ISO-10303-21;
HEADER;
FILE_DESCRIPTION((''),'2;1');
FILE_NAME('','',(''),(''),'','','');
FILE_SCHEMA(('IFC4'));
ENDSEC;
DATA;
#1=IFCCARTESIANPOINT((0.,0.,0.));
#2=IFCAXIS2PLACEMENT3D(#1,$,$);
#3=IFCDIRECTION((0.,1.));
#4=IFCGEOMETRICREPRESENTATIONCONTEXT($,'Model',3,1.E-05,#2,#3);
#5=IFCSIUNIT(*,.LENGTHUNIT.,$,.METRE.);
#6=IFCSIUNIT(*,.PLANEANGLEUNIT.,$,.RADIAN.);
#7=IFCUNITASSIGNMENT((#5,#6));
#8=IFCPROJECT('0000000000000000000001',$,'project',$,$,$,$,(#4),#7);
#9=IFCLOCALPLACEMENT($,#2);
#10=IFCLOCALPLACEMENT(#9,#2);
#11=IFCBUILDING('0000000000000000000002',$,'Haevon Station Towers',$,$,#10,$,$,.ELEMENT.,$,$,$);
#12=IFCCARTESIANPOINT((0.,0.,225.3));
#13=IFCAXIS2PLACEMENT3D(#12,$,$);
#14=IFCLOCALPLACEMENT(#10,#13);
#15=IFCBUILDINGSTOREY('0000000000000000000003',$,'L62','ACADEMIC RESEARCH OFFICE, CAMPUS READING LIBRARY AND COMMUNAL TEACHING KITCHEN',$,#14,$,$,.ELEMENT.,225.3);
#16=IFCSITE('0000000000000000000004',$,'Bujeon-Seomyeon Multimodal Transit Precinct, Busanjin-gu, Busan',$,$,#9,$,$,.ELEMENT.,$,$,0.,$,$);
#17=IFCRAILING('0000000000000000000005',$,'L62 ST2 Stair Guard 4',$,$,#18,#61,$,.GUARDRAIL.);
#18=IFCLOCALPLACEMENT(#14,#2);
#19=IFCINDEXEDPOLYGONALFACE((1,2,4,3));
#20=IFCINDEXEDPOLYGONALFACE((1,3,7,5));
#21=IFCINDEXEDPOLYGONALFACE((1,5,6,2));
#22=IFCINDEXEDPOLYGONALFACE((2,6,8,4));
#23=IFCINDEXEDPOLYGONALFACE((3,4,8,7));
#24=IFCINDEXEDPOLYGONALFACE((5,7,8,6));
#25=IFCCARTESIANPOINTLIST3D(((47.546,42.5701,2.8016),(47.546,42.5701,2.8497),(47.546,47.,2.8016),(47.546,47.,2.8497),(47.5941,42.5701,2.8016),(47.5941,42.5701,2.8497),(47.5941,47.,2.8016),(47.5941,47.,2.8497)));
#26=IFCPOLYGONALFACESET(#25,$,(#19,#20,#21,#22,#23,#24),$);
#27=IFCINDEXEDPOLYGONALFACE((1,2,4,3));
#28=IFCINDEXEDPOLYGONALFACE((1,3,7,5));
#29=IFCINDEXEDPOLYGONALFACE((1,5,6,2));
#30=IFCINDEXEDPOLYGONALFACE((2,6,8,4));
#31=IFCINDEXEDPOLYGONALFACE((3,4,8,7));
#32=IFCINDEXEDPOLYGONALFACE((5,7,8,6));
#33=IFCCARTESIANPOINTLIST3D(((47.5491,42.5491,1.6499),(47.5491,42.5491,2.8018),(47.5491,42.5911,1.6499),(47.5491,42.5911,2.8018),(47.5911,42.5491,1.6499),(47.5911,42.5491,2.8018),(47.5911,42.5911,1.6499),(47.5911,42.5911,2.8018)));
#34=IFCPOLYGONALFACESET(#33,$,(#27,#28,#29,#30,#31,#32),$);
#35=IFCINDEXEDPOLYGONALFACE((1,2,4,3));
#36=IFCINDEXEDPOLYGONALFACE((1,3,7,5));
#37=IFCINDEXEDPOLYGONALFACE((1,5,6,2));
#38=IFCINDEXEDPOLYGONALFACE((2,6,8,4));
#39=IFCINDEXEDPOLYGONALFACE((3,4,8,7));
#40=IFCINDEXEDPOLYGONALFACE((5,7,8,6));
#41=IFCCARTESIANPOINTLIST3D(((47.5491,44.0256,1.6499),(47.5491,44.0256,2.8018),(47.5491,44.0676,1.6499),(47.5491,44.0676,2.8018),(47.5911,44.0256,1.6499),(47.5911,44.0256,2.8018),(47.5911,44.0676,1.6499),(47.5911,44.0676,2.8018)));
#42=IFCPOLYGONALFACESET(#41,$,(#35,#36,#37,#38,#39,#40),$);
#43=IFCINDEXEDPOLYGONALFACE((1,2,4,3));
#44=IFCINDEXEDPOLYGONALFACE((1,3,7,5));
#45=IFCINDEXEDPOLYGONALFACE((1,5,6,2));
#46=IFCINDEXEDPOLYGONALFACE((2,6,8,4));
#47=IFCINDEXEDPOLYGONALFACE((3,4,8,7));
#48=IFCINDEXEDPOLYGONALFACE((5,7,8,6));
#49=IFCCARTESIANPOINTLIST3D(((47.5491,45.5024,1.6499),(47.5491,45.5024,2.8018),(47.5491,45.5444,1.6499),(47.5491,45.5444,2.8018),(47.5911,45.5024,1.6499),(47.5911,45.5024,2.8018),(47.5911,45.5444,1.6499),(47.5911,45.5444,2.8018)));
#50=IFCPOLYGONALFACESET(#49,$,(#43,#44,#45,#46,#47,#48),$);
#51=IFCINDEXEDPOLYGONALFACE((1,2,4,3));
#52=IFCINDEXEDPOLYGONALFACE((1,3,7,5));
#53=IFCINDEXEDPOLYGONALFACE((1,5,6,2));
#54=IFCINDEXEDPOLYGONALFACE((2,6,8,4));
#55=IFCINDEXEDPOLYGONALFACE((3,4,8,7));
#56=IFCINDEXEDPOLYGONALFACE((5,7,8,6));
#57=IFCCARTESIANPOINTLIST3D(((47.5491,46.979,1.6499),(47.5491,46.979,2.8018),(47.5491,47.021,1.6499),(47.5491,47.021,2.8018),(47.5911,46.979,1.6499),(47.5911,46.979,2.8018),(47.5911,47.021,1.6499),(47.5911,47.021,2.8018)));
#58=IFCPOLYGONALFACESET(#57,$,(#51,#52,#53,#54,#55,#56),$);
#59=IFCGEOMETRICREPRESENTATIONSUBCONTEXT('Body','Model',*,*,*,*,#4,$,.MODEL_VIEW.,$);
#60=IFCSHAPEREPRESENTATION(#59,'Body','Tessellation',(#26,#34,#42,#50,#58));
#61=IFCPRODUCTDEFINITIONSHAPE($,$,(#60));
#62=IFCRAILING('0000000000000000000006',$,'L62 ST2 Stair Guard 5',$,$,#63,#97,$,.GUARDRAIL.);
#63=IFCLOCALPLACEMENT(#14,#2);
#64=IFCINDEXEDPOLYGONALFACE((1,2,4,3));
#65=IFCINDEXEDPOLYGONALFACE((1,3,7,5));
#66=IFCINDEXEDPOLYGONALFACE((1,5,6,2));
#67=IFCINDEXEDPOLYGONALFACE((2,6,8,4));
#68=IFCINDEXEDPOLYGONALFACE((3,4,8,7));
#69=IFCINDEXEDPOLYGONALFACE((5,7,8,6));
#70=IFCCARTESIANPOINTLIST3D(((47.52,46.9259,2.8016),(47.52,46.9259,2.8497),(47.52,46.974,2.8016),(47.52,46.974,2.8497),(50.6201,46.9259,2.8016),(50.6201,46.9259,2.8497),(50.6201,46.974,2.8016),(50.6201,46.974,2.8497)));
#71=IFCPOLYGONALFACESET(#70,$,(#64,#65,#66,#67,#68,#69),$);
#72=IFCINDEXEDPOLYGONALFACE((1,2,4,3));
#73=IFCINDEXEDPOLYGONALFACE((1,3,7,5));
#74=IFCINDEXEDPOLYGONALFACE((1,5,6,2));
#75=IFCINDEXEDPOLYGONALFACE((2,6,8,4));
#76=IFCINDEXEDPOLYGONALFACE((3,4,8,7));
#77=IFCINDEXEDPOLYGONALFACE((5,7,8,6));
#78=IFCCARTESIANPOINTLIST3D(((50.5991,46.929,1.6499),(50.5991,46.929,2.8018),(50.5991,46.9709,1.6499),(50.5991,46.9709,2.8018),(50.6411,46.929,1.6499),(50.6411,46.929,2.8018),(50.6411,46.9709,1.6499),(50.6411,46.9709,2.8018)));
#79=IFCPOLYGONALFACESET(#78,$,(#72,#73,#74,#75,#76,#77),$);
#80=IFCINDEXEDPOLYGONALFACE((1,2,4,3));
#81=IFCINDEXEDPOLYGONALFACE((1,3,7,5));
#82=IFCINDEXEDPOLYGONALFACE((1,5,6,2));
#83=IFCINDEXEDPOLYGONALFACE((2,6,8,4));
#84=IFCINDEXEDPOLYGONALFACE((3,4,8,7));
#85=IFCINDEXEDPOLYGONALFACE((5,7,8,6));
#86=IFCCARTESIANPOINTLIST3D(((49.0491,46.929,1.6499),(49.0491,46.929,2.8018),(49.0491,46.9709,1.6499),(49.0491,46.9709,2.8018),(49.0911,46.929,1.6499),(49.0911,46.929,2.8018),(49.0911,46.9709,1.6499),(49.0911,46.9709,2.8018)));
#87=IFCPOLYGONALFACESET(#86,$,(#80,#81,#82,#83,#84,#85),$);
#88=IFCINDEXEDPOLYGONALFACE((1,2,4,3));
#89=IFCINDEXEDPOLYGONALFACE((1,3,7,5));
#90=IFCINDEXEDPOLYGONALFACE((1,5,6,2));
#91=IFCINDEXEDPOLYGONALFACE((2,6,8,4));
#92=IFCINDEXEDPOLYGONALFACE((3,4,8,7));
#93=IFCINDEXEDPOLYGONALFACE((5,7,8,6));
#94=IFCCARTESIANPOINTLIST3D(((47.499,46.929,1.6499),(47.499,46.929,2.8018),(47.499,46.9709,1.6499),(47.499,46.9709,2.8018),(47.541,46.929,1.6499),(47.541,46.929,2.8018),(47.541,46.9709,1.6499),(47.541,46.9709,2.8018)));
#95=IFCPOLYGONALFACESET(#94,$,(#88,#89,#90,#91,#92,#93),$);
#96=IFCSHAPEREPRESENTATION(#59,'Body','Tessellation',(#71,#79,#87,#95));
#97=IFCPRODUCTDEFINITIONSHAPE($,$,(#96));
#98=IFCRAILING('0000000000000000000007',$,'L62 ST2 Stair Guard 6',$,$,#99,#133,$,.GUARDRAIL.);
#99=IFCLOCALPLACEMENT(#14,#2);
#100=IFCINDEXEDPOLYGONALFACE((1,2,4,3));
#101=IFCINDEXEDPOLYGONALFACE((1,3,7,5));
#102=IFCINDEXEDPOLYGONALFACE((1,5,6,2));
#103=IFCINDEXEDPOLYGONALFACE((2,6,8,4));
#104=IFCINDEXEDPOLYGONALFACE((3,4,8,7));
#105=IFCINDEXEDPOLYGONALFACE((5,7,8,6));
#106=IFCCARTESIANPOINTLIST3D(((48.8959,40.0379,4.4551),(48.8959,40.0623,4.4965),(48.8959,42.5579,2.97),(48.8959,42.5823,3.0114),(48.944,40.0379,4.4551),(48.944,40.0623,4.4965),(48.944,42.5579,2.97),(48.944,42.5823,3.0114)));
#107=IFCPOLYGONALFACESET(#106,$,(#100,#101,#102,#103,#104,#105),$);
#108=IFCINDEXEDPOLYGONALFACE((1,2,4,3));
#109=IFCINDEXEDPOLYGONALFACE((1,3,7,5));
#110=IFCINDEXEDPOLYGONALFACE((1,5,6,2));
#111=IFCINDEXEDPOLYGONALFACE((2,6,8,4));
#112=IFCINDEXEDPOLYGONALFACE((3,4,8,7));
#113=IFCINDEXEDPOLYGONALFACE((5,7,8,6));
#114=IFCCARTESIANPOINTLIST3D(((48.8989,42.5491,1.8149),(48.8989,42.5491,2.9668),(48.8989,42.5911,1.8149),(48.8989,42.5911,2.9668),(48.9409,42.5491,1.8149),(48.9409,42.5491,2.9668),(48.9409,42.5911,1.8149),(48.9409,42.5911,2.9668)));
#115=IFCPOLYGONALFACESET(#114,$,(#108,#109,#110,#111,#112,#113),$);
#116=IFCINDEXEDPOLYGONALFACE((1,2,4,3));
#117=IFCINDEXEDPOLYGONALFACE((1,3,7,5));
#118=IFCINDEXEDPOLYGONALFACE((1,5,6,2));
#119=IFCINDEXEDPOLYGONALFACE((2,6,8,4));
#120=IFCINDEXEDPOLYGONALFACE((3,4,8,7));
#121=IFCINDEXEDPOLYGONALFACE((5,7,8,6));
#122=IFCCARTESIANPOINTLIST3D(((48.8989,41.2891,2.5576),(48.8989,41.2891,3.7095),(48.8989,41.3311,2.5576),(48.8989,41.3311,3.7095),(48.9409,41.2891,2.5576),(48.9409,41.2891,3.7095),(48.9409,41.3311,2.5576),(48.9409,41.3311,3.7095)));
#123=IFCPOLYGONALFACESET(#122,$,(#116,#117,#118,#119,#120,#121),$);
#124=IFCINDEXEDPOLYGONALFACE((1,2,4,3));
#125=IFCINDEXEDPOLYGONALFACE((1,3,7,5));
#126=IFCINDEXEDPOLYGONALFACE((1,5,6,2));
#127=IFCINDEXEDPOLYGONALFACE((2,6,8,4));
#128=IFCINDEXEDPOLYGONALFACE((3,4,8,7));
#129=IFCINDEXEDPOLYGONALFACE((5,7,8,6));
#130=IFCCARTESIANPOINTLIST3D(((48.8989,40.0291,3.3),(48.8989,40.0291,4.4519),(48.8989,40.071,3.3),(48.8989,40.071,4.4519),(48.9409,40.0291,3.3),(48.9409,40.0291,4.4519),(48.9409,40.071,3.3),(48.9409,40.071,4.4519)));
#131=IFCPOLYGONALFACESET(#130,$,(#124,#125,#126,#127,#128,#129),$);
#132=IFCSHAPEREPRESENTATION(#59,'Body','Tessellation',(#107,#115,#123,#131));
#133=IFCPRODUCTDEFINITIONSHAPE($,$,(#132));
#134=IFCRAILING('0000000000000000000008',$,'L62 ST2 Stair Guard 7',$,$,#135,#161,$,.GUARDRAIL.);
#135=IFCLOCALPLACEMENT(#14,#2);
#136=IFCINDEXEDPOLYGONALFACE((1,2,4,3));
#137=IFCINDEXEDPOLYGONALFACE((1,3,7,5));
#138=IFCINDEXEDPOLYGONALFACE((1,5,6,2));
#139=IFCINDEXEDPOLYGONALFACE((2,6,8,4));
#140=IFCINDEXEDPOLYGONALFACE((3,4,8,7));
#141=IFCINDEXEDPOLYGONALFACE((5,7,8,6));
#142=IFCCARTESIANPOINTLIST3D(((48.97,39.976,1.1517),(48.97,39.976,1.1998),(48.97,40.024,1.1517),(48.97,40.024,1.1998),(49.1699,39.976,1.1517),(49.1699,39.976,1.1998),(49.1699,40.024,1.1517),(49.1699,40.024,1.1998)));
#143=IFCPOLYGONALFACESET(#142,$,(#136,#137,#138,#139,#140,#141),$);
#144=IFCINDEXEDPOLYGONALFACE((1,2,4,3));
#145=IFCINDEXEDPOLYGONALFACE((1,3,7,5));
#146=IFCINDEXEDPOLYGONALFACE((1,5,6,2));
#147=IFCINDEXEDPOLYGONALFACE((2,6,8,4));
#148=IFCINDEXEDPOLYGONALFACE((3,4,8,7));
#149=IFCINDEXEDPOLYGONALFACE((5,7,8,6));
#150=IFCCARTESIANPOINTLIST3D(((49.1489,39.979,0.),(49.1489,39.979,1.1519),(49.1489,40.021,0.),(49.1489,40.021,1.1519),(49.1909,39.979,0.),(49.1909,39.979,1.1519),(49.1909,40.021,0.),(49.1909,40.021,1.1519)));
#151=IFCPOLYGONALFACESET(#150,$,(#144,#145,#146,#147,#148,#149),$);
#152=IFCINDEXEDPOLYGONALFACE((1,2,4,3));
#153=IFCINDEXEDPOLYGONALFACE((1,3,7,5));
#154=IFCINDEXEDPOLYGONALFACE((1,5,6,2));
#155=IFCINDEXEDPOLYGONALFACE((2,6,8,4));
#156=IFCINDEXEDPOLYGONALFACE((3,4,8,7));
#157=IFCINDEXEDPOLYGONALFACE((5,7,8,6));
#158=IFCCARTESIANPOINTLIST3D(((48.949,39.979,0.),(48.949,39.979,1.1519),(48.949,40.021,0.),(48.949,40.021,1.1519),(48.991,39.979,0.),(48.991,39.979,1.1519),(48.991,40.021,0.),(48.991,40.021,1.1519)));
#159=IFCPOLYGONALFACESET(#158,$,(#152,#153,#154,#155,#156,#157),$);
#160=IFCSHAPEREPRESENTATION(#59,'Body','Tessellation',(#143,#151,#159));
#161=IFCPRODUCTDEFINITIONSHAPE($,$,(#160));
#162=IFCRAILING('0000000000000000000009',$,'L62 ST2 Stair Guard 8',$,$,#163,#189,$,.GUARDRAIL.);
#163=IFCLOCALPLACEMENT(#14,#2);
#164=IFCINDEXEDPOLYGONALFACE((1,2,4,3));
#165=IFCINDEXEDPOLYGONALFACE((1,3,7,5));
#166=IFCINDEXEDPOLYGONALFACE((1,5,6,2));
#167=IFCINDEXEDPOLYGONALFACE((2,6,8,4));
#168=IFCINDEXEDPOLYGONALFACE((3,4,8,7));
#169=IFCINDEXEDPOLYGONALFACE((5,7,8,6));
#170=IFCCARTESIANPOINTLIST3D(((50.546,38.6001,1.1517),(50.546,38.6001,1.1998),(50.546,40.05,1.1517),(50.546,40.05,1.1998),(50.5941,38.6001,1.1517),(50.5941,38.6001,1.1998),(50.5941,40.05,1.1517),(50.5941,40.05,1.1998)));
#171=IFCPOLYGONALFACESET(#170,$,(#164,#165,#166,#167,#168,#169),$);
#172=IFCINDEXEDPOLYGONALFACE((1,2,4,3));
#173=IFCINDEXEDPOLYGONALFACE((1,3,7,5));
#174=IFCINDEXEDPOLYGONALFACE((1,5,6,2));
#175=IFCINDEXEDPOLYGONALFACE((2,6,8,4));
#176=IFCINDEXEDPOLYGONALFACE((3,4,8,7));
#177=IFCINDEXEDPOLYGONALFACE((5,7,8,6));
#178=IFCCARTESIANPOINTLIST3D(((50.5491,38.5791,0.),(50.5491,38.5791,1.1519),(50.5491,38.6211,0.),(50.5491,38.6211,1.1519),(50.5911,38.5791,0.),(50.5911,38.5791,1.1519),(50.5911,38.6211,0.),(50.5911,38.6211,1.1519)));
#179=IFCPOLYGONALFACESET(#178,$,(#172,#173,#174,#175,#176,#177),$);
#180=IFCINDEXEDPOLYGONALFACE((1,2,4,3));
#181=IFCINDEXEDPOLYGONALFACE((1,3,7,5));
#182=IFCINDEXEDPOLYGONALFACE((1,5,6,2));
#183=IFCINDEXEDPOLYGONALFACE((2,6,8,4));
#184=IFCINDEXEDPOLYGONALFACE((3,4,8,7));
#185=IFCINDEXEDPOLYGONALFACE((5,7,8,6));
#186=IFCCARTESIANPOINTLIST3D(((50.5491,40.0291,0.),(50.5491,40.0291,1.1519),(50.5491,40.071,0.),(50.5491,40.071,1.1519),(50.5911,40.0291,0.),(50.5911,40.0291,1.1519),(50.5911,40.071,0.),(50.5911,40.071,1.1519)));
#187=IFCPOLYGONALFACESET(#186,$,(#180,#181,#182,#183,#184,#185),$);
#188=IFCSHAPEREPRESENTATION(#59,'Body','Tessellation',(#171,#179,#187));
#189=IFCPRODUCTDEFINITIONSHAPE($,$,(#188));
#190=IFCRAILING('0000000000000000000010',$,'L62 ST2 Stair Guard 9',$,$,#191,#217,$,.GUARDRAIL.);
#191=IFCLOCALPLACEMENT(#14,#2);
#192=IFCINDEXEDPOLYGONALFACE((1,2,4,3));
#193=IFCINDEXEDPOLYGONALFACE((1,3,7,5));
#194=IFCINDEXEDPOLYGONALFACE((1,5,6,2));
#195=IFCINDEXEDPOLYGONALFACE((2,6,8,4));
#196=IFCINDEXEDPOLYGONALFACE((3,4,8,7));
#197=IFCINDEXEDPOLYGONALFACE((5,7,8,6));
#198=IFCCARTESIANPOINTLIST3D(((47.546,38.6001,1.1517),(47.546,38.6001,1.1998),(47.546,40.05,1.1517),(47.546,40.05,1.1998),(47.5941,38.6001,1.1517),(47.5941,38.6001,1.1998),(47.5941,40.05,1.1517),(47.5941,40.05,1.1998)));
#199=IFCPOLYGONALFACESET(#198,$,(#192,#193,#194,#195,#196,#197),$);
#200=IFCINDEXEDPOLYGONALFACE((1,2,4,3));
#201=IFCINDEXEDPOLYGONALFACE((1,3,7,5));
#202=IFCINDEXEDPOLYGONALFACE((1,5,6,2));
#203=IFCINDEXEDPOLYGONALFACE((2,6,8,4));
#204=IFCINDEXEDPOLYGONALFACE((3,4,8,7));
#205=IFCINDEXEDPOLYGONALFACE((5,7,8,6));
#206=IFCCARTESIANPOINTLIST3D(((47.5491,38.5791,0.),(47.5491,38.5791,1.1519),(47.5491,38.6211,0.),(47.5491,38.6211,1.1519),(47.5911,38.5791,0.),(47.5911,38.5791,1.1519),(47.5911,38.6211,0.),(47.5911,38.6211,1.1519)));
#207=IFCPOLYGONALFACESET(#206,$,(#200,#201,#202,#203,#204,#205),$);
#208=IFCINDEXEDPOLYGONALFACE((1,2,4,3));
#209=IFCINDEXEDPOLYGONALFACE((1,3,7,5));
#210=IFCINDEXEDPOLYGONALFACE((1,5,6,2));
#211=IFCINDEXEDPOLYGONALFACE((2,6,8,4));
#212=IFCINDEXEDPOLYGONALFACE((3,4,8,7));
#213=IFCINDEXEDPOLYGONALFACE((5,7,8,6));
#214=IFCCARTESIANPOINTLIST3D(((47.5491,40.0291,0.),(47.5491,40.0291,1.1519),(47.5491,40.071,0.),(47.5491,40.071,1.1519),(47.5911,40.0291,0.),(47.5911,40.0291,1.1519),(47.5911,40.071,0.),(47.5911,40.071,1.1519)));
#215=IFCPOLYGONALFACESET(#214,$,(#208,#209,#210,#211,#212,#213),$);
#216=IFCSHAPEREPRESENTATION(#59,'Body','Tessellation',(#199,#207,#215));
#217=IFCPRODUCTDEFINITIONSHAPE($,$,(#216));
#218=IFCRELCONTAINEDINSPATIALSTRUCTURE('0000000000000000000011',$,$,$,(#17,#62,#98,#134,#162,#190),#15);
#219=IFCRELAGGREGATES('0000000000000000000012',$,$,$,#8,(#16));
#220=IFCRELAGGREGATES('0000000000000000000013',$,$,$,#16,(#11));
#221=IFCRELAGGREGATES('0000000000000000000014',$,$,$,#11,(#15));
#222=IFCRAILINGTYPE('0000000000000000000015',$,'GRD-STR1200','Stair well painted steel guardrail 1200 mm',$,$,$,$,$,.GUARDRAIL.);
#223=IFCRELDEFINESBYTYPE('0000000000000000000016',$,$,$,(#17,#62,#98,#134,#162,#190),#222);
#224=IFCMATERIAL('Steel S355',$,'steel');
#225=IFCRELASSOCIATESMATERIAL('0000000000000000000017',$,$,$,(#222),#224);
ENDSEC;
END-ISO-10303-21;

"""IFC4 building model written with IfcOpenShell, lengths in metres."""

from ifc_helpers import new_model, si_unit, direction, frame, origin, origin_2d, place, context, subcontext, project, spatial, rectangle, extrude, material, type_object, element, save


model = new_model("IFC4")

# Units and contexts
model_context = context("Model", 3, precision=1e-05, world=origin(), true_north=direction((0.0, 1.0)))
body_context = subcontext(model_context, "Body", "Model", "MODEL_VIEW")
ifc_project = project(units=[si_unit("LENGTHUNIT", "METRE"), si_unit("PLANEANGLEUNIT", "RADIAN")], contexts=[model_context])

# Site, building, storey
site_placement = place(None, origin())
site = spatial("IfcSite", under=ifc_project, at=site_placement, Name="Bujeon-Seomyeon Multimodal Transit Precinct, Busanjin-gu, Busan", CompositionType="ELEMENT", RefElevation=0.0)
building_placement = place(site_placement, origin())
building = spatial("IfcBuilding", under=site, at=building_placement, Name="Haevon Station Towers", CompositionType="ELEMENT")
storey_placement = place(building_placement, frame((0.0, 0.0, 225.3)))
storey = spatial("IfcBuildingStorey", under=building, at=storey_placement, Name="L62", Description="ACADEMIC RESEARCH OFFICE, CAMPUS READING LIBRARY AND COMMUNAL TEACHING KITCHEN", CompositionType="ELEMENT", Elevation=225.3)

# Shared definitions
ifc_material_1 = material(Name="Steel S355", Category="steel")

# Railings
railing_type_1 = type_object("IfcRailingType", Name="GRD-STR1200", Description="Stair well painted steel guardrail 1200 mm", PredefinedType="GUARDRAIL", material=ifc_material_1)
for number, where, name in (
    (1, (47.5701, 42.5701, 1.6499), "L62 ST2 Stair Guard 4"),
):
    element("IfcRailing", number, at=place(storey_placement, frame(where)), inside=storey, type_object=railing_type_1, Name=name, PredefinedType="GUARDRAIL", context=body_context, shape_type="SweptSolid", body=[
        extrude(rectangle(XDim=0.0481, YDim=0.0481, at=origin_2d()), frame((0.0, 0.0, 1.1758), z_axis=(0.0, 1.0, 0.0), x_axis=(-1.0, 0.0, 0.0)), (0.0, 0.0, 1.0), 4.4299),
        extrude(rectangle(XDim=0.042, YDim=0.042, at=origin_2d()), origin(), (0.0, 0.0, 1.0), 1.1519),
        extrude(rectangle(XDim=0.042, YDim=0.042, at=origin_2d()), frame((0.0, 1.4766, 0.0)), (0.0, 0.0, 1.0), 1.1519),
        extrude(rectangle(XDim=0.042, YDim=0.042, at=origin_2d()), frame((0.0, 2.9534, 0.0)), (0.0, 0.0, 1.0), 1.1519),
        extrude(rectangle(XDim=0.042, YDim=0.042, at=origin_2d()), frame((0.0, 4.4299, 0.0)), (0.0, 0.0, 1.0), 1.1519),
    ])
railing_1_placement = place(storey_placement, frame((50.6201, 46.95, 1.6499)))
element("IfcRailing", 2, at=railing_1_placement, inside=storey, type_object=railing_type_1, Name="L62 ST2 Stair Guard 5", PredefinedType="GUARDRAIL", context=body_context, shape_type="SweptSolid", body=[
    extrude(rectangle(XDim=0.0481, YDim=0.0481, at=origin_2d()), frame((0.0, 0.0, 1.1758), z_axis=(-1.0, 0.0, 0.0), x_axis=(0.0, -1.0, 0.0)), (0.0, 0.0, 1.0), 3.1001),
    extrude(rectangle(XDim=0.042, YDim=0.042, at=origin_2d()), origin(), (0.0, 0.0, 1.0), 1.1519),
    extrude(rectangle(XDim=0.042, YDim=0.042, at=origin_2d()), frame((-1.55, 0.0, 0.0)), (0.0, 0.0, 1.0), 1.1519),
    extrude(rectangle(XDim=0.042, YDim=0.042, at=origin_2d()), frame((-3.1001, 0.0, 0.0)), (0.0, 0.0, 1.0), 1.1519),
])
railing_2_placement = place(storey_placement, frame((48.9199, 42.5701, 1.8149)))
element("IfcRailing", 3, at=railing_2_placement, inside=storey, type_object=railing_type_1, Name="L62 ST2 Stair Guard 6", PredefinedType="GUARDRAIL", context=body_context, shape_type="SweptSolid", body=[
    extrude(rectangle(XDim=0.0481, YDim=0.0481, at=origin_2d()), frame((0.0, 0.0, 1.1758), z_axis=(0.0, -0.861524, 0.507717), x_axis=(1.0, 0.0, 0.0)), (0.0, 0.0, 1.0), 2.925),
    extrude(rectangle(XDim=0.042, YDim=0.042, at=origin_2d()), origin(), (0.0, 0.0, 1.0), 1.1519),
    extrude(rectangle(XDim=0.042, YDim=0.042, at=origin_2d()), frame((0.0, -1.26, 0.7427)), (0.0, 0.0, 1.0), 1.1519),
    extrude(rectangle(XDim=0.042, YDim=0.042, at=origin_2d()), frame((0.0, -2.52, 1.4851)), (0.0, 0.0, 1.0), 1.1519),
])
railing_3_placement = place(storey_placement, frame((49.1699, 40.0, 0.0)))
element("IfcRailing", 4, at=railing_3_placement, inside=storey, type_object=railing_type_1, Name="L62 ST2 Stair Guard 7", PredefinedType="GUARDRAIL", context=body_context, shape_type="SweptSolid", body=[
    extrude(rectangle(XDim=0.0481, YDim=0.0481, at=origin_2d()), frame((0.0, 0.0, 1.1758), z_axis=(-1.0, 0.0, 0.0), x_axis=(0.0, -1.0, 0.0)), (0.0, 0.0, 1.0), 0.2),
    extrude(rectangle(XDim=0.042, YDim=0.042, at=origin_2d()), origin(), (0.0, 0.0, 1.0), 1.1519),
    extrude(rectangle(XDim=0.042, YDim=0.042, at=origin_2d()), frame((-0.2, 0.0, 0.0)), (0.0, 0.0, 1.0), 1.1519),
])
for number, where, name in (
    (5, (50.5701, 38.6001, 0.0), "L62 ST2 Stair Guard 8"),
    (6, (47.5701, 38.6001, 0.0), "L62 ST2 Stair Guard 9"),
):
    element("IfcRailing", number, at=place(storey_placement, frame(where)), inside=storey, type_object=railing_type_1, Name=name, PredefinedType="GUARDRAIL", context=body_context, shape_type="SweptSolid", body=[
        extrude(rectangle(XDim=0.0481, YDim=0.0481, at=origin_2d()), frame((0.0, 0.0, 1.1758), z_axis=(0.0, 1.0, 0.0), x_axis=(-1.0, 0.0, 0.0)), (0.0, 0.0, 1.0), 1.45),
        extrude(rectangle(XDim=0.042, YDim=0.042, at=origin_2d()), origin(), (0.0, 0.0, 1.0), 1.1519),
        extrude(rectangle(XDim=0.042, YDim=0.042, at=origin_2d()), frame((0.0, 1.45, 0.0)), (0.0, 0.0, 1.0), 1.1519),
    ])

save(model, "model.ifc")
